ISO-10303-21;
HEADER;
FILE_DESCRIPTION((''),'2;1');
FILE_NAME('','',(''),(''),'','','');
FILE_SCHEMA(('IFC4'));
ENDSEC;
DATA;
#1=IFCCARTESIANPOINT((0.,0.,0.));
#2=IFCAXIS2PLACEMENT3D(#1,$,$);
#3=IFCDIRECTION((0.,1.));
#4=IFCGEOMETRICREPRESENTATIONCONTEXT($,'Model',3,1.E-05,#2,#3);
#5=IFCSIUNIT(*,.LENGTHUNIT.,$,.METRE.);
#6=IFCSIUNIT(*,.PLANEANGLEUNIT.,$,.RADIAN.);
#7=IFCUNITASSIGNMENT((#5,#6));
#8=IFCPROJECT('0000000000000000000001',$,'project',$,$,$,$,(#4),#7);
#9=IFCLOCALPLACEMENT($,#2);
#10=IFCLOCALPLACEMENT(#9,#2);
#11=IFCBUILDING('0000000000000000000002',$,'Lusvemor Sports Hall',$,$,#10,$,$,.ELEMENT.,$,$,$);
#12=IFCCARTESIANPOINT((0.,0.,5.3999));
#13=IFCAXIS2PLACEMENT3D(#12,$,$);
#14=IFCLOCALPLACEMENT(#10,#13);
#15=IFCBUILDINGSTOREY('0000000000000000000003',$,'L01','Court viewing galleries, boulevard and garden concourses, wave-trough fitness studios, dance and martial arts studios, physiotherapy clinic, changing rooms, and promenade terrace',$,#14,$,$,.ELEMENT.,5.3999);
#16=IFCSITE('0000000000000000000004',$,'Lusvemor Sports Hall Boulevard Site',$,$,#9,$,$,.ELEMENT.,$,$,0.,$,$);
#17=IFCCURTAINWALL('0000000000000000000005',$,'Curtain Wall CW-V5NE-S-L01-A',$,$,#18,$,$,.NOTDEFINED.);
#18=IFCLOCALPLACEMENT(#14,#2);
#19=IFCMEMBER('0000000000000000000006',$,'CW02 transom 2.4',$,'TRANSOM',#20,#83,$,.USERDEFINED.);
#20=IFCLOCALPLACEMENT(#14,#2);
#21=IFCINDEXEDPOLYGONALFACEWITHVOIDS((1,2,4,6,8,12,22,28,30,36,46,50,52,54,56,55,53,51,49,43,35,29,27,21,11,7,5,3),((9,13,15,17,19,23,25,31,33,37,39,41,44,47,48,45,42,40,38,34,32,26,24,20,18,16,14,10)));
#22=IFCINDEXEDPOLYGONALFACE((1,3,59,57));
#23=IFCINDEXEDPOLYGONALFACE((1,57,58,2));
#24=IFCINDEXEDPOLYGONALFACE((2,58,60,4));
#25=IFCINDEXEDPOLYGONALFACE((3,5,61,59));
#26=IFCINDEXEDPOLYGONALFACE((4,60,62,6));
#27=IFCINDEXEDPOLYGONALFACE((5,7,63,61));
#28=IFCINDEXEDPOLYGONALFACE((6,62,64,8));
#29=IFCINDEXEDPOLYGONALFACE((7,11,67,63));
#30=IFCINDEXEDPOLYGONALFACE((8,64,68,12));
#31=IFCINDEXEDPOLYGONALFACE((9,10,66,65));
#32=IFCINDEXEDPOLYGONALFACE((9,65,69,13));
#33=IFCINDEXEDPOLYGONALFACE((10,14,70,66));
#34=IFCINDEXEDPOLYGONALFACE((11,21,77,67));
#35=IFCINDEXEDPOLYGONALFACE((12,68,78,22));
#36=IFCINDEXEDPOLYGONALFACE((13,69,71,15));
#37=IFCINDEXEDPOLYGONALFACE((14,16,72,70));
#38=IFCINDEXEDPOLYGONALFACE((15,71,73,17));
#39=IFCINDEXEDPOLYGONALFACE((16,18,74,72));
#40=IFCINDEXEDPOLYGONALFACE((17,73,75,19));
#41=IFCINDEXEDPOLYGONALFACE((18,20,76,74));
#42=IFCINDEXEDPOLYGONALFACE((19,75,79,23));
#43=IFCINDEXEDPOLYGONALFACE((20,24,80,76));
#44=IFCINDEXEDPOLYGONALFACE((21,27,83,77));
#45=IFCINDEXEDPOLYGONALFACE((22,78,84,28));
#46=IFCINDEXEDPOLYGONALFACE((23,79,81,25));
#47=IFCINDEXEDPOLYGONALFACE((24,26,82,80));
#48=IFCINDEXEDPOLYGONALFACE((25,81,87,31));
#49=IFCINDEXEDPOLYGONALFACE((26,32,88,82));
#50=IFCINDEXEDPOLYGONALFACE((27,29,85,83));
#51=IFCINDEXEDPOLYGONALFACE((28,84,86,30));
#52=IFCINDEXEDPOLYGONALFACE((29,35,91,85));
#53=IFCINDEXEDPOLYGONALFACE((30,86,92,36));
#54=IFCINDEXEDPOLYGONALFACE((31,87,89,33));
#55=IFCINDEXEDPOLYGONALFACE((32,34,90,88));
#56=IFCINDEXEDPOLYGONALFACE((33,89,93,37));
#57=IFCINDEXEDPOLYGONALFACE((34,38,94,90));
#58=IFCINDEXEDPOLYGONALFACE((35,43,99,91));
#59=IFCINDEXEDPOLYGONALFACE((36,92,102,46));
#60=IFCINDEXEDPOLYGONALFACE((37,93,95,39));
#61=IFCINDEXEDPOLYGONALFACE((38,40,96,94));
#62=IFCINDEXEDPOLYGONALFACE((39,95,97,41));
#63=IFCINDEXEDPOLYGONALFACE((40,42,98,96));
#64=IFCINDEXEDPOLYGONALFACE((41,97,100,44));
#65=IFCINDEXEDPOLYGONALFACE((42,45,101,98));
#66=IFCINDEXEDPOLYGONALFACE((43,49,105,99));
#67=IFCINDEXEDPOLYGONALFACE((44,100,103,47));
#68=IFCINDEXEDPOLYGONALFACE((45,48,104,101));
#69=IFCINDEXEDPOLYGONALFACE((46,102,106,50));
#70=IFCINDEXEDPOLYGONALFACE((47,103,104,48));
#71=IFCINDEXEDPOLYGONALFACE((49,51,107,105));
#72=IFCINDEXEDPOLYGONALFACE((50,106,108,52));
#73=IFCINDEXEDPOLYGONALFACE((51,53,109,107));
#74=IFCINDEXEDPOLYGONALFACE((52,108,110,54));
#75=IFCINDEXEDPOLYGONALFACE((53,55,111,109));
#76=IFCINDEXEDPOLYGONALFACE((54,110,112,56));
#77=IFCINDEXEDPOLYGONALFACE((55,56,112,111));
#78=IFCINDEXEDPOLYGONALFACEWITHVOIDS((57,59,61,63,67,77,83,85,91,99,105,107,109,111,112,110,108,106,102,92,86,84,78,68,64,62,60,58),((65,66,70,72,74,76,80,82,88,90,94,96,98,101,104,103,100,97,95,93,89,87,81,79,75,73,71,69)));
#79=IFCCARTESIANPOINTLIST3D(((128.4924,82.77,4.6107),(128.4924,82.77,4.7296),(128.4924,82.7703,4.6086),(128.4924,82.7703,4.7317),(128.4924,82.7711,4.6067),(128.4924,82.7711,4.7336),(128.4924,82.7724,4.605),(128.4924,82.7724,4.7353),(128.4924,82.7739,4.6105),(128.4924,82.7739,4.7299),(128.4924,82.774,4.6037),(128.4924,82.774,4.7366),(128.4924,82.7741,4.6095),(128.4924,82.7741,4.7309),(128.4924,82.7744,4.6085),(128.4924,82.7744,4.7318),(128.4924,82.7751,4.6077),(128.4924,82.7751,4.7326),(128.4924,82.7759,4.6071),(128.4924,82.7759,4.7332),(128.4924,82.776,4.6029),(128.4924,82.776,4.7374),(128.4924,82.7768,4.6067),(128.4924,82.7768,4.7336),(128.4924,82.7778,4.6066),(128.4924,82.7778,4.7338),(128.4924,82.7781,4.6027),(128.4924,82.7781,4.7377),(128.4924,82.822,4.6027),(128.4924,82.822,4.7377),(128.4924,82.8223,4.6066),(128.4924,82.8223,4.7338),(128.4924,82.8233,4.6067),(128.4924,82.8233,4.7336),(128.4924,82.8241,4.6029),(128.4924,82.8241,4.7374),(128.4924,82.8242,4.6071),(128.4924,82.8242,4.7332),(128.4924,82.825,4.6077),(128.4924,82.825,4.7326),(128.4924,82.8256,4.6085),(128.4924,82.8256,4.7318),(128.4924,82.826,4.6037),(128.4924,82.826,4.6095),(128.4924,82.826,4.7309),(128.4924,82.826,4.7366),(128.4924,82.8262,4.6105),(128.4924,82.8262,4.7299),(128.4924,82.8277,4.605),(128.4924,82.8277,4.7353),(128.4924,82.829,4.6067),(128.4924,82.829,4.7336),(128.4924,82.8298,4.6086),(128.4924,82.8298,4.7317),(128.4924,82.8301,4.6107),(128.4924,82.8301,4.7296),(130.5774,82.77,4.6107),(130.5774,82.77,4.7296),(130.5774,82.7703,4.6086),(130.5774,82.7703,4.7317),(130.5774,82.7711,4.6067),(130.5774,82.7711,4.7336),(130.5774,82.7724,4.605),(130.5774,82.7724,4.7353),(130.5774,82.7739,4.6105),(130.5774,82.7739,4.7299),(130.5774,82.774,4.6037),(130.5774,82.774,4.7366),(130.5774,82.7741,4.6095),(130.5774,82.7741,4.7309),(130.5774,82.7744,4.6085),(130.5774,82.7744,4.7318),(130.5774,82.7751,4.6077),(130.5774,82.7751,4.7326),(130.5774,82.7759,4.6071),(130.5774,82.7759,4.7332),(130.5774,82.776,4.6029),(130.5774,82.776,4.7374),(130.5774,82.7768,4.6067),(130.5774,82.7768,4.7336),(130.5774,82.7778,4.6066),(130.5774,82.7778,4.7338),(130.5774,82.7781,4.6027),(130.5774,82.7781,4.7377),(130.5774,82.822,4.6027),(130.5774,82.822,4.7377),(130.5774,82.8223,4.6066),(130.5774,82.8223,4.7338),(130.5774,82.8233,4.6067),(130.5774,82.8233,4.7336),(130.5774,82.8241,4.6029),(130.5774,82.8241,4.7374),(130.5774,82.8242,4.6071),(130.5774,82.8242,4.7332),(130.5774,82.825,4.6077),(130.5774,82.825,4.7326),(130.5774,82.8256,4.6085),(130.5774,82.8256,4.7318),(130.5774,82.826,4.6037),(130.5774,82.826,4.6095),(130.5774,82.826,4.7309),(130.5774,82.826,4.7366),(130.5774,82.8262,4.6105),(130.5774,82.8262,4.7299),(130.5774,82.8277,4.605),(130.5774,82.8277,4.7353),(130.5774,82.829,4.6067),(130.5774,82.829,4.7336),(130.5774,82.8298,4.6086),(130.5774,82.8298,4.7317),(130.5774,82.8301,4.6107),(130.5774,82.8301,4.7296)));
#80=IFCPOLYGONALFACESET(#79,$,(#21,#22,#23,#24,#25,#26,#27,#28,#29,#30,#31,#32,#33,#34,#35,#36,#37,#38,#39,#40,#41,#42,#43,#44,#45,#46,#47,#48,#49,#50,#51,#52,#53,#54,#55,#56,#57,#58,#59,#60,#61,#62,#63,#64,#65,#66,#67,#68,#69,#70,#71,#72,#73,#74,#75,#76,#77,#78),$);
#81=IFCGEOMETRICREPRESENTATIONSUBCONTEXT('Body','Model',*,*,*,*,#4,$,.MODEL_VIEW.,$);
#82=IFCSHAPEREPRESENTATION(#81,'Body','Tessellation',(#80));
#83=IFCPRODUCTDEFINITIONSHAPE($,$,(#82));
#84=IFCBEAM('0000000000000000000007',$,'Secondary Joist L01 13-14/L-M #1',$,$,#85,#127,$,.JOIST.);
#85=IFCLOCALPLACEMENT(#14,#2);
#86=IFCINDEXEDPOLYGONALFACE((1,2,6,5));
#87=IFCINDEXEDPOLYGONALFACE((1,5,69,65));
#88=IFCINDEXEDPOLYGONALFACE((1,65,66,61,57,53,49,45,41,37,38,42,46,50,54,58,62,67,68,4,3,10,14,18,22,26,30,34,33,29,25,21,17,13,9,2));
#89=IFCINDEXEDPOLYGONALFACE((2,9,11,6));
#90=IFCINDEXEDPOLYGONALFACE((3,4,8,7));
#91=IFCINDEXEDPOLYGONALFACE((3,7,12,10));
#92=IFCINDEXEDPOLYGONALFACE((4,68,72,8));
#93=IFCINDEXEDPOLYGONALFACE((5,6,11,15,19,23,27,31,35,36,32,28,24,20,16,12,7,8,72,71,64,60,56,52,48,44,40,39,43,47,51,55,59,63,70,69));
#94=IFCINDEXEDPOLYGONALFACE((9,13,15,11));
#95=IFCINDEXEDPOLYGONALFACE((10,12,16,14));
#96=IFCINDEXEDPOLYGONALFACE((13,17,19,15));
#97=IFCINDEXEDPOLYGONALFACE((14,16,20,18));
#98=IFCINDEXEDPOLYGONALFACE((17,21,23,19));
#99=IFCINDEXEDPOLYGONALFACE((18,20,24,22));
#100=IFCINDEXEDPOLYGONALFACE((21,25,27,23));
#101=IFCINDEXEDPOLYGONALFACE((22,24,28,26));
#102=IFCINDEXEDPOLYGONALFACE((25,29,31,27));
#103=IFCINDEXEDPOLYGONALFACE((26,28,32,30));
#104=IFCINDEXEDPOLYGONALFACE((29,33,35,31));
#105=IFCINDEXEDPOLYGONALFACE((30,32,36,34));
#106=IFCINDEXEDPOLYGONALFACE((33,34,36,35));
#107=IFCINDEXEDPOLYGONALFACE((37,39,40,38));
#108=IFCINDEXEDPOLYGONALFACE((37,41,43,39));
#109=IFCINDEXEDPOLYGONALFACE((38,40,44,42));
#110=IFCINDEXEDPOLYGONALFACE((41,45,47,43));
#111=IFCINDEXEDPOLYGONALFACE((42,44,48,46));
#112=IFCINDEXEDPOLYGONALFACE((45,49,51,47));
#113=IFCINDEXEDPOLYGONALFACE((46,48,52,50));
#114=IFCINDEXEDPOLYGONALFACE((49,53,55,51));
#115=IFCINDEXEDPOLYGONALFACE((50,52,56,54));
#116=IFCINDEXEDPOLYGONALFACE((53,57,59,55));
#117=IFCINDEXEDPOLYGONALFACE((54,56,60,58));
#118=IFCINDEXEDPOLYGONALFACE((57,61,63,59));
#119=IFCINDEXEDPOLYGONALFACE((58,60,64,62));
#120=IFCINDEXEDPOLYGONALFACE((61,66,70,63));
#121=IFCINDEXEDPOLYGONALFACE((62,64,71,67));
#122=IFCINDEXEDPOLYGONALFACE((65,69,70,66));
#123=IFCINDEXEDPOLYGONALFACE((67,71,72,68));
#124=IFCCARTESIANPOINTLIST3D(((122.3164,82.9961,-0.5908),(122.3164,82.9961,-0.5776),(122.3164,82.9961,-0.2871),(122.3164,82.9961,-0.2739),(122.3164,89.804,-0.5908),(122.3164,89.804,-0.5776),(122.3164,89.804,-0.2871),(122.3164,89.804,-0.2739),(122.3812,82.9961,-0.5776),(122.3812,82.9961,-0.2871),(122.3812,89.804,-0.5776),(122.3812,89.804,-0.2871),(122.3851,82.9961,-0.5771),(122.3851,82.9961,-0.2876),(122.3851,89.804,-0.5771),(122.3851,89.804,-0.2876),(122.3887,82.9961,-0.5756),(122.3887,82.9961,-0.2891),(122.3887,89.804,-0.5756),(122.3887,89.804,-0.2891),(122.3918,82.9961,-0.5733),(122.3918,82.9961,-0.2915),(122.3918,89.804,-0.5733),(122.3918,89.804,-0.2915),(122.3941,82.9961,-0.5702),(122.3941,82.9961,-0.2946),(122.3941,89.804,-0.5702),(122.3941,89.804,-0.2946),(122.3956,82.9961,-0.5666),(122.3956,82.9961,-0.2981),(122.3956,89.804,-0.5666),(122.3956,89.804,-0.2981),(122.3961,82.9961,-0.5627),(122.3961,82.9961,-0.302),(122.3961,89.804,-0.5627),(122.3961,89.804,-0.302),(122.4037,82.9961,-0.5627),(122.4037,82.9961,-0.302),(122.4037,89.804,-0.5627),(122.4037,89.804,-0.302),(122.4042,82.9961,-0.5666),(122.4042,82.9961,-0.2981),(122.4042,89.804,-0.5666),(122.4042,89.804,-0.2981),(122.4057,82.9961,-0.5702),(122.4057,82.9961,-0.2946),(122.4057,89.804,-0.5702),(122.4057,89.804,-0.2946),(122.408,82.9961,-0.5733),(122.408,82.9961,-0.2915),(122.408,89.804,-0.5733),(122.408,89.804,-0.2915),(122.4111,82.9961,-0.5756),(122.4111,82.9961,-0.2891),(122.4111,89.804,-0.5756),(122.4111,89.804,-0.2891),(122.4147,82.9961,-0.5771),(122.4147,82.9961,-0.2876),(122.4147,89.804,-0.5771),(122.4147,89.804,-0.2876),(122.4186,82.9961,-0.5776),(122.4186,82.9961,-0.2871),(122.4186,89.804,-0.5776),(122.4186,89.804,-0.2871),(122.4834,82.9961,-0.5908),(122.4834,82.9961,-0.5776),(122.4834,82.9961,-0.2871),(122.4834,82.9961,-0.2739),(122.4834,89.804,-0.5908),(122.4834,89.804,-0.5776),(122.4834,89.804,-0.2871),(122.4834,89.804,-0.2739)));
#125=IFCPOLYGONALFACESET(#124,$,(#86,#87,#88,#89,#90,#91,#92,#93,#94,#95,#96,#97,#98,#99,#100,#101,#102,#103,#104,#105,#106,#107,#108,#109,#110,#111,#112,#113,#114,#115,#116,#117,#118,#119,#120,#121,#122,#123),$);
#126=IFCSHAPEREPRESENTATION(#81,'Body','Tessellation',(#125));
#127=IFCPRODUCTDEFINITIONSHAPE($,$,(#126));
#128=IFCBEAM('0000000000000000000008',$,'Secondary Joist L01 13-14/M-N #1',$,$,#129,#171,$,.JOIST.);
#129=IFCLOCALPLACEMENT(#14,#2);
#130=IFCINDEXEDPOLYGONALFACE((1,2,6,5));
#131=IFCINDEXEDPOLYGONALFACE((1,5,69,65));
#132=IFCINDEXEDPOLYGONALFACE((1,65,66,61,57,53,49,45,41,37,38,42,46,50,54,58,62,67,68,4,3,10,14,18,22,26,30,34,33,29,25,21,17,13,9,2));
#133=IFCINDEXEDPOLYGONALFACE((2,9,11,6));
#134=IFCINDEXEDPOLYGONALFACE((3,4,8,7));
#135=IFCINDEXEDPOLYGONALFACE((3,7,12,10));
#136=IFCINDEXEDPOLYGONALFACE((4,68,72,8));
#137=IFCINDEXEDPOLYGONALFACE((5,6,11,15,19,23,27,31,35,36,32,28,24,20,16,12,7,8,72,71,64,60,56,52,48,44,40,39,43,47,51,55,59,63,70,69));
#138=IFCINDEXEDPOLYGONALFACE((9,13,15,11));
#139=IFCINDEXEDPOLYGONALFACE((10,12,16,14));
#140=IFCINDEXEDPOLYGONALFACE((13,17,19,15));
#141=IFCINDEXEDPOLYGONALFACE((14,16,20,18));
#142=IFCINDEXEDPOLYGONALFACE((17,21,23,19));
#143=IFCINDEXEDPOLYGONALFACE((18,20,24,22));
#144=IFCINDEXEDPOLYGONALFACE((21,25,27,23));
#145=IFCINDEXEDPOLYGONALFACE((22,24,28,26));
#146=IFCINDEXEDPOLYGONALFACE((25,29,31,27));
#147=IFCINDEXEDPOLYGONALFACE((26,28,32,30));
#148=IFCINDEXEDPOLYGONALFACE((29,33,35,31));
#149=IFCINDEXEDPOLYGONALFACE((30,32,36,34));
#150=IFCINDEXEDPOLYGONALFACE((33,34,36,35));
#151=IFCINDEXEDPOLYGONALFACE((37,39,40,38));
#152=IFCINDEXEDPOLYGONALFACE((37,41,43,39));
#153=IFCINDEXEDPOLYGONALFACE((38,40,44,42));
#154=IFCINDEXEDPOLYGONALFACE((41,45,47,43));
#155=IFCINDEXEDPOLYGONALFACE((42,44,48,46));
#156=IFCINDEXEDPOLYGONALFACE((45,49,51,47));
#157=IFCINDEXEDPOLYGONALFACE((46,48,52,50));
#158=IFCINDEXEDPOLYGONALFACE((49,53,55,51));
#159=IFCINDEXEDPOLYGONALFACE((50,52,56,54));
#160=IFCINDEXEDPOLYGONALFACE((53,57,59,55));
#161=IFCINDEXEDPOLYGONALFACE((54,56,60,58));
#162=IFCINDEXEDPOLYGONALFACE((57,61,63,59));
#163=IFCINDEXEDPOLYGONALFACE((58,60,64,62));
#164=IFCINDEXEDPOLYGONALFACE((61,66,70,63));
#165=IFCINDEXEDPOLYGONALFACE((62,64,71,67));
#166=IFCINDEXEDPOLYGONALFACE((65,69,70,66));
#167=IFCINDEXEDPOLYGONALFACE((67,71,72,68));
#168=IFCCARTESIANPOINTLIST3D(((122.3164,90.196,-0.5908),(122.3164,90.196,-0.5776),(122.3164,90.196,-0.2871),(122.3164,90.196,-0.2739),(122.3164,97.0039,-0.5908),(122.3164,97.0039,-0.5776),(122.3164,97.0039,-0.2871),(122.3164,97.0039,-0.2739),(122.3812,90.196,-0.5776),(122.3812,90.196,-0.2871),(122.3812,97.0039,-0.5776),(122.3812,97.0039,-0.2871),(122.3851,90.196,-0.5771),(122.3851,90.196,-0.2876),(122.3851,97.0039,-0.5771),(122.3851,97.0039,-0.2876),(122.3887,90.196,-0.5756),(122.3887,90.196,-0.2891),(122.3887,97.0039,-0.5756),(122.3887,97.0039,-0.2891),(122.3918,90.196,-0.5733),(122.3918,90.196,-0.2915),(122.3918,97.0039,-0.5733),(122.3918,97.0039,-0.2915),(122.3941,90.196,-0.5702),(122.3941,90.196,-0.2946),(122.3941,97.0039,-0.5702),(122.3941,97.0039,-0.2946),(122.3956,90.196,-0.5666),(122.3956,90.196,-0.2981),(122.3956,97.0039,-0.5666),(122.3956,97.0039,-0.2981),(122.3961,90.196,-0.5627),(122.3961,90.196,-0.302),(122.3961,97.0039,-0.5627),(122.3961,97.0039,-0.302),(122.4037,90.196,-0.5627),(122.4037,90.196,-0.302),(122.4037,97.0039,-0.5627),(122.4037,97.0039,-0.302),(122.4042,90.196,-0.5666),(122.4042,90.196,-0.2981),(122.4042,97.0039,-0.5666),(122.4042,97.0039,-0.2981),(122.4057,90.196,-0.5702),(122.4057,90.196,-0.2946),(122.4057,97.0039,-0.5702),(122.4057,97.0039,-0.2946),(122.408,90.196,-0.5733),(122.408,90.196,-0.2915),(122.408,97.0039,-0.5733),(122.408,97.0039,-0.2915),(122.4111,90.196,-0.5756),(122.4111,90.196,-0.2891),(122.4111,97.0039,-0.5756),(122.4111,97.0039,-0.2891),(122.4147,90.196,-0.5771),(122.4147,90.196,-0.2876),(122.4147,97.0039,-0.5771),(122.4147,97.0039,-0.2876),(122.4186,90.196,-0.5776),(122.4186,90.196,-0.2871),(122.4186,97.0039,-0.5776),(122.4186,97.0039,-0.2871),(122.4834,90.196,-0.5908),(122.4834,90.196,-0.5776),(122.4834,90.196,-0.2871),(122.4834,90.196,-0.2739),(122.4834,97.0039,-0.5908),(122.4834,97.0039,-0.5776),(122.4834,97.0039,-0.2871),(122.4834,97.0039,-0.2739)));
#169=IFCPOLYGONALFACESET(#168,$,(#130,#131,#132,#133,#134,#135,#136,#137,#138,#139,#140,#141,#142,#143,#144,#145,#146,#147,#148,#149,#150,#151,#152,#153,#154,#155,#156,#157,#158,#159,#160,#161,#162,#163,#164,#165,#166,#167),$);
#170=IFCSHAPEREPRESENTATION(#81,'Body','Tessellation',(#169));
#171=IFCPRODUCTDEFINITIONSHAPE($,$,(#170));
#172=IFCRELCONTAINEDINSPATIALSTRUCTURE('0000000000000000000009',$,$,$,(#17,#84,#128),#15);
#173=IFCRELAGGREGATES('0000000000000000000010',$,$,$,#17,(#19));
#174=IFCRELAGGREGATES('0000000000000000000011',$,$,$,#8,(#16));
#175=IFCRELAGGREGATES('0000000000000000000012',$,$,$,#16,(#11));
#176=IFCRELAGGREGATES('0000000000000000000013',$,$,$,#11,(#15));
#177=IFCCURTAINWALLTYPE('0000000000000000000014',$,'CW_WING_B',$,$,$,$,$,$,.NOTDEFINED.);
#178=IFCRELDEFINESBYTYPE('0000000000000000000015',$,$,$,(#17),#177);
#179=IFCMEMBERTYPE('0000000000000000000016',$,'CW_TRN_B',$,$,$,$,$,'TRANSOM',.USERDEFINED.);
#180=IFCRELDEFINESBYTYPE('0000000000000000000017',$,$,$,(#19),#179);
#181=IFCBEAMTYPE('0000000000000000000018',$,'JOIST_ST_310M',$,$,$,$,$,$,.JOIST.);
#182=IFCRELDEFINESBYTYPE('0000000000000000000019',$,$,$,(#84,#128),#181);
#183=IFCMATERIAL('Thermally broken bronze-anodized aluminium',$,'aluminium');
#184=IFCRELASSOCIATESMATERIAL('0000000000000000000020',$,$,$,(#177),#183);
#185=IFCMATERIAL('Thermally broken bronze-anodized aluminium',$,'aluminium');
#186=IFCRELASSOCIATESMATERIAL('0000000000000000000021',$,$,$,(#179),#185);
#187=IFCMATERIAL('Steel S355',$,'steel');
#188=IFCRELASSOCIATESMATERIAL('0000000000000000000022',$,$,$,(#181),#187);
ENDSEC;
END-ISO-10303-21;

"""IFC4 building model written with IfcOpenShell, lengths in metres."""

from ifc_helpers import new_model, si_unit, direction, frame, origin, origin_2d, place, context, subcontext, project, spatial, hollow_rectangle, i_section, extrude, material, material_profile, profile_set, type_object, element, aggregate, save


model = new_model("IFC4")

# Units and contexts
model_context = context("Model", 3, precision=1e-05, world=origin(), true_north=direction((0.0, 1.0)))
body_context = subcontext(model_context, "Body", "Model", "MODEL_VIEW")
ifc_project = project(units=[si_unit("LENGTHUNIT", "METRE"), si_unit("PLANEANGLEUNIT", "RADIAN")], contexts=[model_context])

# Site, building, storey
site_placement = place(None, origin())
site = spatial("IfcSite", under=ifc_project, at=site_placement, Name="Lusvemor Sports Hall Boulevard Site", CompositionType="ELEMENT", RefElevation=0.0)
building_placement = place(site_placement, origin())
building = spatial("IfcBuilding", under=site, at=building_placement, Name="Lusvemor Sports Hall", CompositionType="ELEMENT")
storey_placement = place(building_placement, frame((0.0, 0.0, 5.3999)))
storey = spatial("IfcBuildingStorey", under=building, at=storey_placement, Name="L01", Description="Court viewing galleries, boulevard and garden concourses, wave-trough fitness studios, dance and martial arts studios, physiotherapy clinic, changing rooms, and promenade terrace", CompositionType="ELEMENT", Elevation=5.3999)

# Shared definitions
ifc_material_1 = material(Name="Thermally broken bronze-anodized aluminium", Category="aluminium")
curtain_wall_type = type_object("IfcCurtainWallType", Name="CW_WING_B", PredefinedType="NOTDEFINED", material=ifc_material_1)

# Curtain wall
curtain_wall_1_placement = place(storey_placement, origin())
curtain_wall_1 = element("IfcCurtainWall", 1, at=curtain_wall_1_placement, inside=storey, type_object=curtain_wall_type, Name="Curtain Wall CW-V5NE-S-L01-A", PredefinedType="NOTDEFINED")

# Member
ifc_material_2 = material(Name="Thermally broken bronze-anodized aluminium", Category="aluminium")
ifc_material_profile_1 = material_profile(ifc_material_2, hollow_rectangle(XDim=0.0601, YDim=0.135, WallThickness=0.0039, InnerFilletRadius=0.0039, OuterFilletRadius=0.0081, at=origin_2d()), Name="CWTRN135x60x4")
ifc_profile_set_1 = profile_set([ifc_material_profile_1], Name="Thermally broken bronze-anodized aluminium")
member_type_1 = type_object("IfcMemberType", Name="CW_TRN_B", ElementType="TRANSOM", PredefinedType="USERDEFINED", material=ifc_profile_set_1)
member_1_placement = place(storey_placement, frame((130.5774, 82.8, 4.6702), z_axis=(-1.0, 0.0, 0.0), x_axis=(0.0, -1.0, 0.0)))
member_1 = element("IfcMember", 2, at=member_1_placement, type_object=member_type_1, Name="CW02 transom 2.4", ObjectType="TRANSOM", PredefinedType="USERDEFINED", context=body_context, shape_type="SweptSolid", body=[
    extrude(hollow_rectangle(XDim=0.0601, YDim=0.135, WallThickness=0.0039, InnerFilletRadius=0.0039, OuterFilletRadius=0.0081, at=origin_2d()), origin(), (0.0, 0.0, 1.0), 2.085),
])

# Beams
ifc_material_3 = material(Name="Steel S355", Category="steel")
ifc_material_profile_2 = material_profile(ifc_material_3, i_section(OverallWidth=0.167, OverallDepth=0.3169, WebThickness=0.0076, FlangeThickness=0.0132, FilletRadius=0.0149, at=origin_2d()), Name="W310x52.0")
ifc_profile_set_2 = profile_set([ifc_material_profile_2], Name="Steel S355")
beam_type_1 = type_object("IfcBeamType", Name="JOIST_ST_310M", PredefinedType="JOIST", material=ifc_profile_set_2)
for number, where, z_axis, x_axis, name in (
    (3, (122.3999, 82.9961, -0.4324), (0.0, 1.0, 0.0), (-1.0, 0.0, 0.0), "Secondary Joist L01 13-14/L-M #1"),
    (4, (122.3999, 90.196, -0.4324), (0.0, 1.0, 0.0), (-1.0, 0.0, 0.0), "Secondary Joist L01 13-14/M-N #1"),
):
    element("IfcBeam", number, at=place(storey_placement, frame(where, z_axis=z_axis, x_axis=x_axis)), inside=storey, type_object=beam_type_1, Name=name, PredefinedType="JOIST", context=body_context, shape_type="SweptSolid", body=[
        extrude(i_section(OverallWidth=0.167, OverallDepth=0.3169, WebThickness=0.0076, FlangeThickness=0.0132, FilletRadius=0.0149, at=origin_2d()), origin(), (0.0, 0.0, 1.0), 6.8079),
    ])

aggregate(curtain_wall_1, [member_1])

save(model, "model.ifc")
